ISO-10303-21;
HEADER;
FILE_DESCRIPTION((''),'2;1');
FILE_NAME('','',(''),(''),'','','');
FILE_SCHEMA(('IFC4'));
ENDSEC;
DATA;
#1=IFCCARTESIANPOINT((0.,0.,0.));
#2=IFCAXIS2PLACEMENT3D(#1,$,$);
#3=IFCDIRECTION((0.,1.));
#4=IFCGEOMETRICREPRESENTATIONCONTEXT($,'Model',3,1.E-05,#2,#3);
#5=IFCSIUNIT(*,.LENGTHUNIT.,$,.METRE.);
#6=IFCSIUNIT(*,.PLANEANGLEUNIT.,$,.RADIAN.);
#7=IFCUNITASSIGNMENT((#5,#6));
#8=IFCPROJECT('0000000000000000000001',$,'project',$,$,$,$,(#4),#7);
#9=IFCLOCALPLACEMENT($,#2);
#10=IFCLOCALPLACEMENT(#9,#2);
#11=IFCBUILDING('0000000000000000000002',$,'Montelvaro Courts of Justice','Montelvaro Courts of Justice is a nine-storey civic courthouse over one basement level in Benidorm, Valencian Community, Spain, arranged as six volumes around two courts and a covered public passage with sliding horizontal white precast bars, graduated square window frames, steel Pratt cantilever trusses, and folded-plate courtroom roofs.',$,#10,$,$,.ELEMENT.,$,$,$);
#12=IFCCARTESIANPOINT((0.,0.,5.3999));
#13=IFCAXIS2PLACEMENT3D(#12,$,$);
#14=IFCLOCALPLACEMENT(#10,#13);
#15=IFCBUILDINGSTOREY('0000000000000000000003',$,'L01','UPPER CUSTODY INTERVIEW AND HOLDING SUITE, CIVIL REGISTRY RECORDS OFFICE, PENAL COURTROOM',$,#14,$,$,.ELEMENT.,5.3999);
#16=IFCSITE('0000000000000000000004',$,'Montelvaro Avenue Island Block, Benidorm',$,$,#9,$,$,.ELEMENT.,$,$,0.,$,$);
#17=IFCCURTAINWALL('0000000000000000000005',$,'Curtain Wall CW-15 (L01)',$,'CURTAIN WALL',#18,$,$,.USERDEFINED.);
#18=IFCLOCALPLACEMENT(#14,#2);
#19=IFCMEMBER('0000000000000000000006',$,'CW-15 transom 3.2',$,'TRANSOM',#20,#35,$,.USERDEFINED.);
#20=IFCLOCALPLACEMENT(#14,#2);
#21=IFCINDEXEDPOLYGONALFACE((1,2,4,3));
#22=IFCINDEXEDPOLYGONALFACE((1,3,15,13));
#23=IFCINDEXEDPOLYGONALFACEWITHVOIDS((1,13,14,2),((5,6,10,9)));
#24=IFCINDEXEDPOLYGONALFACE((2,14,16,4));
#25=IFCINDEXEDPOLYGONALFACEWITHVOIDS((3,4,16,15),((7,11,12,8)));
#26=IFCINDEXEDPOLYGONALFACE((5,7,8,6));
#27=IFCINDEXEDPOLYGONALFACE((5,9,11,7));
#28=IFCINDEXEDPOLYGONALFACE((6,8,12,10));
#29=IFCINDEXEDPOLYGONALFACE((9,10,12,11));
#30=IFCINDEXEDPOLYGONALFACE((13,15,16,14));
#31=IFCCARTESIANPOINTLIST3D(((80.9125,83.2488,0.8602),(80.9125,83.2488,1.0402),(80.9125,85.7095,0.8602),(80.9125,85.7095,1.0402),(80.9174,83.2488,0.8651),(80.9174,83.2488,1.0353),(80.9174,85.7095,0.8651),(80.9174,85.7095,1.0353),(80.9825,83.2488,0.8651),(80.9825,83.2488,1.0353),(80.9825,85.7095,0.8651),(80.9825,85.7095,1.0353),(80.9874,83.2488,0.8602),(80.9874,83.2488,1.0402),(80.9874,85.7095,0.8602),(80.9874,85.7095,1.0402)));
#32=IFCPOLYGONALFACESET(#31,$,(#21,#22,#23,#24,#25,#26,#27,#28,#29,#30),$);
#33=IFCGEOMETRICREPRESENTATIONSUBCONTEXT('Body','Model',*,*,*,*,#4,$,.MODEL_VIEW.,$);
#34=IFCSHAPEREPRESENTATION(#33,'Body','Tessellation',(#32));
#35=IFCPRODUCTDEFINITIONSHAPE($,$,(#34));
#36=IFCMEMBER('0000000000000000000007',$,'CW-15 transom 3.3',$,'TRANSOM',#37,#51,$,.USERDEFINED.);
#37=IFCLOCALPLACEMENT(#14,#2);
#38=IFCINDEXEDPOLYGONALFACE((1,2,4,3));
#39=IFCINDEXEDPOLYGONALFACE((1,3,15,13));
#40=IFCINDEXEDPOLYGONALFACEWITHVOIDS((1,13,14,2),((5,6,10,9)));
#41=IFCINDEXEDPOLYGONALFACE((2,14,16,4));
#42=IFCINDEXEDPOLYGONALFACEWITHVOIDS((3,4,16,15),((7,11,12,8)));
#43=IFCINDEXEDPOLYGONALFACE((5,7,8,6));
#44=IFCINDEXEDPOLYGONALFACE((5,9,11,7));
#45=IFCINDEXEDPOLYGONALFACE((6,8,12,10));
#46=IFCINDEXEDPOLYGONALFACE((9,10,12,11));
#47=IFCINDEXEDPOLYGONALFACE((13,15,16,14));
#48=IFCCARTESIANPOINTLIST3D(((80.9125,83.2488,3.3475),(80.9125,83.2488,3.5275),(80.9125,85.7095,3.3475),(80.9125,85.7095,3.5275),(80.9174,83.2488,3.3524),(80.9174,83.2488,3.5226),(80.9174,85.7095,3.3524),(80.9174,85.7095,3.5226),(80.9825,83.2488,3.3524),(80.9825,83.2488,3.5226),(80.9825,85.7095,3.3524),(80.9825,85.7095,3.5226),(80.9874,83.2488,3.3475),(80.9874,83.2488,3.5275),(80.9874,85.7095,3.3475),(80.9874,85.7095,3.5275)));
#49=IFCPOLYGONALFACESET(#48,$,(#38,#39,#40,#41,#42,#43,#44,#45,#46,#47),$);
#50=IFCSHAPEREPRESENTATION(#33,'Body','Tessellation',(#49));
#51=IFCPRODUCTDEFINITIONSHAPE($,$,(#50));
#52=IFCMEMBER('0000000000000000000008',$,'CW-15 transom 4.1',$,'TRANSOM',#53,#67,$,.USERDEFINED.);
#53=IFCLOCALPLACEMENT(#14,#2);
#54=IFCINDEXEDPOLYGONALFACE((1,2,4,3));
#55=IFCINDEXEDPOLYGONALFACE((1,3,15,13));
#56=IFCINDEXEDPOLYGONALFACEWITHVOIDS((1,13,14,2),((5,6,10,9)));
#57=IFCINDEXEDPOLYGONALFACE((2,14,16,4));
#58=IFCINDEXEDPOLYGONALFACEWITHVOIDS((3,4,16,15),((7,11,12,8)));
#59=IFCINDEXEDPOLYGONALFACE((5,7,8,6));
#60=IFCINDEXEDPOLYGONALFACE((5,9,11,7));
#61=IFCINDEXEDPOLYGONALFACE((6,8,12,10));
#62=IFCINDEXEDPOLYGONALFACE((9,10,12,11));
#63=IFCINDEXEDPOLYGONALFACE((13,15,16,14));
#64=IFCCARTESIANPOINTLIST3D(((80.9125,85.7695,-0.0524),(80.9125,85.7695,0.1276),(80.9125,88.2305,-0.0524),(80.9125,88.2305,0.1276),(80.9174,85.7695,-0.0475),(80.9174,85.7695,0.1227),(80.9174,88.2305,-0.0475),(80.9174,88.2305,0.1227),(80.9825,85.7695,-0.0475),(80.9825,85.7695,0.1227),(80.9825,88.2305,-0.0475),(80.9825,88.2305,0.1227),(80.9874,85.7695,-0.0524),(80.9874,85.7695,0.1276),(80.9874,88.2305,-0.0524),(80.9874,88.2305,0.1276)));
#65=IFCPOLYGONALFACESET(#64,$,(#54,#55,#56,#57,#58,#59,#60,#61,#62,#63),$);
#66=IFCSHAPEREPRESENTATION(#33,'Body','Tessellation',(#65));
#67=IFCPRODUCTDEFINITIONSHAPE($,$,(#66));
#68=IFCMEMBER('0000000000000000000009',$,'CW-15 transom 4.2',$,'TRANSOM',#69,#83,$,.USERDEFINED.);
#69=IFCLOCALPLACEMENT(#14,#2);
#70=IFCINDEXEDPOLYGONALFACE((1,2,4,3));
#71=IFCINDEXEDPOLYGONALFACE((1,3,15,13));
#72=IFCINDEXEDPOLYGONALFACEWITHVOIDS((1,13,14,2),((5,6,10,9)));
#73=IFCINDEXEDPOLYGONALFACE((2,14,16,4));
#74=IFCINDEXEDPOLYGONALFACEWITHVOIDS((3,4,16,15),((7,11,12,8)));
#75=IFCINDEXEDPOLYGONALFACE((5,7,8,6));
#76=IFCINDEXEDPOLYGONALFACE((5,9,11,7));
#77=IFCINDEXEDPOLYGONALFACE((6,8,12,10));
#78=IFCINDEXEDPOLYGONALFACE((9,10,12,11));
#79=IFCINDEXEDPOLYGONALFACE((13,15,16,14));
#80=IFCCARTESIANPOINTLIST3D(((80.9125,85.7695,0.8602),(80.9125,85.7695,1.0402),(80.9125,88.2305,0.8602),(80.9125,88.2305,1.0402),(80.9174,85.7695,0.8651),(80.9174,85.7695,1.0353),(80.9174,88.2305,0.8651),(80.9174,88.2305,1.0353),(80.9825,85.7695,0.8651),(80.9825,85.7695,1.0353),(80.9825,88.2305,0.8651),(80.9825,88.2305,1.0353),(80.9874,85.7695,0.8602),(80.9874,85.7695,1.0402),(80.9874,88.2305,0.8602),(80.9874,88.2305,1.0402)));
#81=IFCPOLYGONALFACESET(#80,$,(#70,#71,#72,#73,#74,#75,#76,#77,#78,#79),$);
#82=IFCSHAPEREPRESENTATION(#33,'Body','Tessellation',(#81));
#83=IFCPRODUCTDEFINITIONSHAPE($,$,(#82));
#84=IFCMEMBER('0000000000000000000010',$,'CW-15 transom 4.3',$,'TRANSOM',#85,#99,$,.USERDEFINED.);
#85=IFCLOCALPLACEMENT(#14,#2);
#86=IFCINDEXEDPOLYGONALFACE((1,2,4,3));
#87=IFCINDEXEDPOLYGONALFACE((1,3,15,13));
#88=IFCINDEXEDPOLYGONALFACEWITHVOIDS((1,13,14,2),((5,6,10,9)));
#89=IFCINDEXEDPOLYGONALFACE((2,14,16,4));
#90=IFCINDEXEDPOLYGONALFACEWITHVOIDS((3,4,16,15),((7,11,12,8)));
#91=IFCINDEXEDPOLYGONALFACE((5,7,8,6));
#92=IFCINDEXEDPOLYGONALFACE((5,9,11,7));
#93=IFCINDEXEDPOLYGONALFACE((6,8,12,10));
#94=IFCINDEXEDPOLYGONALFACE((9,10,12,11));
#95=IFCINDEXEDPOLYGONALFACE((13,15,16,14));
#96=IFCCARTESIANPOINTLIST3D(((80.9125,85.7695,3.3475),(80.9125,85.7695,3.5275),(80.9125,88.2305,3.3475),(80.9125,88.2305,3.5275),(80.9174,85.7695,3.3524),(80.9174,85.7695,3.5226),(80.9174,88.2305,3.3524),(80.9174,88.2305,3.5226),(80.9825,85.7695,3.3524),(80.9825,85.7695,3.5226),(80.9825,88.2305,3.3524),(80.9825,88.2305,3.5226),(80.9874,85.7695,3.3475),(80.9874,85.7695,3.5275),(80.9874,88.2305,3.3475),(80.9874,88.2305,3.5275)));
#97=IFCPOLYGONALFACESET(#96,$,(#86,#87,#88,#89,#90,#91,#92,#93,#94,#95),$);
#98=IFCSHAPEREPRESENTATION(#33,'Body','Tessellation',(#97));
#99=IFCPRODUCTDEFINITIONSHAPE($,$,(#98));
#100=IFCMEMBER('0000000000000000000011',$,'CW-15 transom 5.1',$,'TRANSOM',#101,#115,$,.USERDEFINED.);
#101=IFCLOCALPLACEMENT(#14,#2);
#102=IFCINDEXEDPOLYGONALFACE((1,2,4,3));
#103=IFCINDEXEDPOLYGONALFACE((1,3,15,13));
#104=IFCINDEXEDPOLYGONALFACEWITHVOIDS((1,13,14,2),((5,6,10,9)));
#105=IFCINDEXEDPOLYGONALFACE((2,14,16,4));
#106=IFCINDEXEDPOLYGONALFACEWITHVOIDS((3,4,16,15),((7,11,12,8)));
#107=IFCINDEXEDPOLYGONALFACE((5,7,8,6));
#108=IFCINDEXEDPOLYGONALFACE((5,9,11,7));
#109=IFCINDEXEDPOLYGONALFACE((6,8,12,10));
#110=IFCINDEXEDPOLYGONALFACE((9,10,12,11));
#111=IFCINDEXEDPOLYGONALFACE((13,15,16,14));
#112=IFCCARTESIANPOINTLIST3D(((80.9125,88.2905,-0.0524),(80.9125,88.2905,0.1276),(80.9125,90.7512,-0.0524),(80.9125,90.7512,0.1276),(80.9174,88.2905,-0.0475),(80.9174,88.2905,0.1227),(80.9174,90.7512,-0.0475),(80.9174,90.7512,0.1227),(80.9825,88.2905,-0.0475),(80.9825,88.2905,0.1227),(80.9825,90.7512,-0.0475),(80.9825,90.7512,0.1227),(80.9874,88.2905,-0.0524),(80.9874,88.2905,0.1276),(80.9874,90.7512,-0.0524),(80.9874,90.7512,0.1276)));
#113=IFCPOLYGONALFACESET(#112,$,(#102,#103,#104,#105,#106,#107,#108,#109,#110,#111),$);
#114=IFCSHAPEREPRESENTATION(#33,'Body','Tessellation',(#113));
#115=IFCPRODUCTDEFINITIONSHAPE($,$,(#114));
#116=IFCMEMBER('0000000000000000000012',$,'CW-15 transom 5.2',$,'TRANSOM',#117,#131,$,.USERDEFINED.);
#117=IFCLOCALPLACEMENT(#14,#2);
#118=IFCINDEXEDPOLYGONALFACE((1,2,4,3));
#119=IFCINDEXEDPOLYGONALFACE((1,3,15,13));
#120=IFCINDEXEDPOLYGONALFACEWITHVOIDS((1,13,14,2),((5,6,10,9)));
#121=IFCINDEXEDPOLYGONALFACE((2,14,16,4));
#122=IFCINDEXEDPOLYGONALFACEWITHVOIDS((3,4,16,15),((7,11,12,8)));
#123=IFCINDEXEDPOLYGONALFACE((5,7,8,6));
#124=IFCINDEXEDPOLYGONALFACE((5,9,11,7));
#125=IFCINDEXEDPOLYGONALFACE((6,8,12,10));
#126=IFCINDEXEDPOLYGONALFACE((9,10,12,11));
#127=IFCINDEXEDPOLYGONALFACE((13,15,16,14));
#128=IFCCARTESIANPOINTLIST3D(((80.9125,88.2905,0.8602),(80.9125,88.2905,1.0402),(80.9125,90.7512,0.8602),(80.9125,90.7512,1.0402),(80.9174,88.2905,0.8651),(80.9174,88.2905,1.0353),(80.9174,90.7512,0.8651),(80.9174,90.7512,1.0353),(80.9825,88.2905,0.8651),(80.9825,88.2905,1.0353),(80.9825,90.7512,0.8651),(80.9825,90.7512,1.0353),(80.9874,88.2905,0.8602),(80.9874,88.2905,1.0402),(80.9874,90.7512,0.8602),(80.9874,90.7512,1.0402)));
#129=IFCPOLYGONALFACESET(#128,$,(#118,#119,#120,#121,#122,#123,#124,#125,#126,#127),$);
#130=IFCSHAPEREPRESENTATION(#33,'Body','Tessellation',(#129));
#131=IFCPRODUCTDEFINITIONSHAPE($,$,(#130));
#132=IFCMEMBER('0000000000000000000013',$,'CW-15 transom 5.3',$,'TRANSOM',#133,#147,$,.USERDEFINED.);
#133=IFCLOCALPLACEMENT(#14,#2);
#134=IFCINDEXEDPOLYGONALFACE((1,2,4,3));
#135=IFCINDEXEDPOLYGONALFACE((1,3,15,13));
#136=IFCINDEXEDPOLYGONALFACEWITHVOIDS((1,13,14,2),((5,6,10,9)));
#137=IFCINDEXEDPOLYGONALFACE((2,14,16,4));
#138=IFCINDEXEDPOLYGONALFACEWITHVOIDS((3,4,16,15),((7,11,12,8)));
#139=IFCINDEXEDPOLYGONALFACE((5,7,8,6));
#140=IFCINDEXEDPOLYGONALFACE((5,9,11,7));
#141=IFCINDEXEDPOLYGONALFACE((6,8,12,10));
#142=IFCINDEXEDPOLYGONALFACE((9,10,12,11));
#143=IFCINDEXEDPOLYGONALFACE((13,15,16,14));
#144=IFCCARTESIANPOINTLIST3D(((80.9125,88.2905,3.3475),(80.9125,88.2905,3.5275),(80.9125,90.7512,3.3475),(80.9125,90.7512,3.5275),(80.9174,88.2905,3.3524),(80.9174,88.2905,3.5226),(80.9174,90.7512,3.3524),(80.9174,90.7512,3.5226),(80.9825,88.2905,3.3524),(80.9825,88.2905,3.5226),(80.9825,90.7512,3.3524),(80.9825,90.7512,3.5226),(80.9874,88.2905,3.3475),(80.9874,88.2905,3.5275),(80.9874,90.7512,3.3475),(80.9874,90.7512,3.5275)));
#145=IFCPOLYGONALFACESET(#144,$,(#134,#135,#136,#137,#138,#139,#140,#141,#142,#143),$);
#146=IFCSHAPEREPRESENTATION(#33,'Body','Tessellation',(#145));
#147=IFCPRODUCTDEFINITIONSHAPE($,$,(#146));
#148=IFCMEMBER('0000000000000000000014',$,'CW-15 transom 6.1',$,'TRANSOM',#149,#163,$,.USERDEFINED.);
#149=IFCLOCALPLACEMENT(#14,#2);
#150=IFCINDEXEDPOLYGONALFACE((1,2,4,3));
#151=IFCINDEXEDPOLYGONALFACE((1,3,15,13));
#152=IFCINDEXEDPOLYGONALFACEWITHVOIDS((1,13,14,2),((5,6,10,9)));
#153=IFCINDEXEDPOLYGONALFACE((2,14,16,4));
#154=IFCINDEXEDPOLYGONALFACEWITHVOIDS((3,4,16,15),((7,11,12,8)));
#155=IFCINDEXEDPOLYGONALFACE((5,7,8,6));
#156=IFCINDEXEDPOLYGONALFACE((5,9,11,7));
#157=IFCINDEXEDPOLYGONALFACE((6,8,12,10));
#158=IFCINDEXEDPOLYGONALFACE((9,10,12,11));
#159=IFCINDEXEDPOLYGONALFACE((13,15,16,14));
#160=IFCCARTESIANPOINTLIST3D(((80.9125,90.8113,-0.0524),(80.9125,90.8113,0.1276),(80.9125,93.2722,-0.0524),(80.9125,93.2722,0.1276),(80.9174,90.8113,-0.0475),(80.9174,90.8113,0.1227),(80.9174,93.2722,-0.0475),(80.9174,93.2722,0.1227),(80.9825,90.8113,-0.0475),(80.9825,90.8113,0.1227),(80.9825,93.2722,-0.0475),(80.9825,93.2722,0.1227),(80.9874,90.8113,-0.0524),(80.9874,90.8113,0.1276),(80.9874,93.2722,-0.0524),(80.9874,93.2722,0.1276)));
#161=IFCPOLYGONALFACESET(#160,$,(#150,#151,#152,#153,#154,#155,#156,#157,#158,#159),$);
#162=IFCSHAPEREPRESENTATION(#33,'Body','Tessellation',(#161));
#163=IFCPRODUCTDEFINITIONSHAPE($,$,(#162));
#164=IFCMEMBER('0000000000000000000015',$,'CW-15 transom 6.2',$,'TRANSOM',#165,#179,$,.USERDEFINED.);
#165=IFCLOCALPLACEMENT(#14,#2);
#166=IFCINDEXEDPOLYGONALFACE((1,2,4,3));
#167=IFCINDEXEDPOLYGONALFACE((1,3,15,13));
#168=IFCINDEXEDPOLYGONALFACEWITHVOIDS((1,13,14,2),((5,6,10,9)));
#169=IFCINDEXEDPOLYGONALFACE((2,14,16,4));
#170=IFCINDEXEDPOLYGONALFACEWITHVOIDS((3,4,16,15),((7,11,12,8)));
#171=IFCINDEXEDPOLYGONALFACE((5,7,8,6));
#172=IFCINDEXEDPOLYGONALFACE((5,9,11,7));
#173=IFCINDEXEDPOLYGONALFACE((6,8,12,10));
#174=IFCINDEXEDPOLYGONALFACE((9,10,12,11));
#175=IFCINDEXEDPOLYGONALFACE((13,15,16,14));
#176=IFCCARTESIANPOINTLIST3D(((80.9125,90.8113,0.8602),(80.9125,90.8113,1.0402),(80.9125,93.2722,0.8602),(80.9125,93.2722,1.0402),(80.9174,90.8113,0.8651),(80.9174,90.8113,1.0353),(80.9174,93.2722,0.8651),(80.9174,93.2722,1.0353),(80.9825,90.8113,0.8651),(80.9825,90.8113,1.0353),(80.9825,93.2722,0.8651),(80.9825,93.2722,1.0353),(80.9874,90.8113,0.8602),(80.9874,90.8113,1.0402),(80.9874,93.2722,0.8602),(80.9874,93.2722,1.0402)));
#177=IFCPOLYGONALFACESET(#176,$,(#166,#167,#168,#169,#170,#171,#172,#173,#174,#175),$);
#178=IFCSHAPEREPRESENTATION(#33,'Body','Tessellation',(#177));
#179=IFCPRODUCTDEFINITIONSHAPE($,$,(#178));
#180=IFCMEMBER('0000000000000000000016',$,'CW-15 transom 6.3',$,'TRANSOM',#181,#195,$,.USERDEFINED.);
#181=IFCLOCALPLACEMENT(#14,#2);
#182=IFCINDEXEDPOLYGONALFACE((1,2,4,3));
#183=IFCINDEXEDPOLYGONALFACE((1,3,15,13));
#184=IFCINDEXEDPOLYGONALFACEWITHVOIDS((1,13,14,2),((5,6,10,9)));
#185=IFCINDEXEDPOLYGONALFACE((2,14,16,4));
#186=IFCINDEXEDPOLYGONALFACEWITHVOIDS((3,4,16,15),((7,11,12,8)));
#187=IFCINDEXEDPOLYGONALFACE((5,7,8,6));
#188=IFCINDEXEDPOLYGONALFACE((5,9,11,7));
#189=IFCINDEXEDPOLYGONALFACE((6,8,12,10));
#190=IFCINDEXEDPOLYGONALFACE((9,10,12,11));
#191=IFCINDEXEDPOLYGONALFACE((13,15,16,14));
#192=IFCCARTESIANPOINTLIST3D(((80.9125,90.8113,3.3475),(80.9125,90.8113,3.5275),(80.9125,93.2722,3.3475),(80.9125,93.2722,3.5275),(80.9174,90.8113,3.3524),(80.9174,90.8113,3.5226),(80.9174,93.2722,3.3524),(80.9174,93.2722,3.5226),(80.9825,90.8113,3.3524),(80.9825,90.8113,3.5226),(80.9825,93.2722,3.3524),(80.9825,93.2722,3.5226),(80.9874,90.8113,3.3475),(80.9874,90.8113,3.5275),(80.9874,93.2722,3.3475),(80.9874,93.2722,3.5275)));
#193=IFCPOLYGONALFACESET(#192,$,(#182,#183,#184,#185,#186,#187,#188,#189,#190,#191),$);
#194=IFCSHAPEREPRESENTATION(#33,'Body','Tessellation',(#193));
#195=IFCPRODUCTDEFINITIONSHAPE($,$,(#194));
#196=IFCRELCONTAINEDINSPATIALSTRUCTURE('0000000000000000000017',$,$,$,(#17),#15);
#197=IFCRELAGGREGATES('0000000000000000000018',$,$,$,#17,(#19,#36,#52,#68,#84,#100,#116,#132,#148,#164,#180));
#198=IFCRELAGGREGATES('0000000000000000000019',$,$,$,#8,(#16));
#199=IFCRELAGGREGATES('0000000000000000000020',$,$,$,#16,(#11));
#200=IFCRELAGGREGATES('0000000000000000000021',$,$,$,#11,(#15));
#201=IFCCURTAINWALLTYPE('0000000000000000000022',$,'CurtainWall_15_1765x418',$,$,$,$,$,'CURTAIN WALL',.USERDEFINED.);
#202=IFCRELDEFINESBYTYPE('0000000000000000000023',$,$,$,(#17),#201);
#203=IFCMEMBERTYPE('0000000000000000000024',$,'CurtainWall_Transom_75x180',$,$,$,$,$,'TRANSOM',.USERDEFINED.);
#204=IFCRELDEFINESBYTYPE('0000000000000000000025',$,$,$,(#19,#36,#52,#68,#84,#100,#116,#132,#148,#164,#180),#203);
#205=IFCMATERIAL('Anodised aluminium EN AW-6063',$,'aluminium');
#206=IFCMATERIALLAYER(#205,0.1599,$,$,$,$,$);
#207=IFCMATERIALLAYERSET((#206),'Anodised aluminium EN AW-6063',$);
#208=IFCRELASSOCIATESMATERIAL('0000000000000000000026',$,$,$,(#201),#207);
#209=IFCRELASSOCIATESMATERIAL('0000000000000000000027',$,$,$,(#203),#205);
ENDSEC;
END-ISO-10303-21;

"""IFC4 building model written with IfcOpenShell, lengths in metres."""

from ifc_helpers import new_model, si_unit, direction, frame, origin, origin_2d, place, context, subcontext, project, spatial, hollow_rectangle, extrude, material, layer, layer_set, material_profile, profile_set, type_object, element, aggregate, save


model = new_model("IFC4")

# Units and contexts
model_context = context("Model", 3, precision=1e-05, world=origin(), true_north=direction((0.0, 1.0)))
body_context = subcontext(model_context, "Body", "Model", "MODEL_VIEW")
ifc_project = project(units=[si_unit("LENGTHUNIT", "METRE"), si_unit("PLANEANGLEUNIT", "RADIAN")], contexts=[model_context])

# Site, building, storey
site_placement = place(None, origin())
site = spatial("IfcSite", under=ifc_project, at=site_placement, Name="Montelvaro Avenue Island Block, Benidorm", CompositionType="ELEMENT", RefElevation=0.0)
building_placement = place(site_placement, origin())
building = spatial("IfcBuilding", under=site, at=building_placement, Name="Montelvaro Courts of Justice", Description="Montelvaro Courts of Justice is a nine-storey civic courthouse over one basement level in Benidorm, Valencian Community, Spain, arranged as six volumes around two courts and a covered public passage with sliding horizontal white precast bars, graduated square window frames, steel Pratt cantilever trusses, and folded-plate courtroom roofs.", CompositionType="ELEMENT")
storey_placement = place(building_placement, frame((0.0, 0.0, 5.3999)))
storey = spatial("IfcBuildingStorey", under=building, at=storey_placement, Name="L01", Description="UPPER CUSTODY INTERVIEW AND HOLDING SUITE, CIVIL REGISTRY RECORDS OFFICE, PENAL COURTROOM", CompositionType="ELEMENT", Elevation=5.3999)

# Curtain wall, members
ifc_material_1 = material(Name="Anodised aluminium EN AW-6063", Category="aluminium")
ifc_layer_1 = layer(ifc_material_1, 0.1599)
ifc_layer_set_1 = layer_set([ifc_layer_1], Name="Anodised aluminium EN AW-6063")
curtain_wall_type = type_object("IfcCurtainWallType", Name="CurtainWall_15_1765x418", ElementType="CURTAIN WALL", PredefinedType="USERDEFINED", material=ifc_layer_set_1)
curtain_wall_placement = place(storey_placement, origin())
curtain_wall = element("IfcCurtainWall", 1, at=curtain_wall_placement, inside=storey, type_object=curtain_wall_type, Name="Curtain Wall CW-15 (L01)", ObjectType="CURTAIN WALL", PredefinedType="USERDEFINED")
ifc_material_profile_1 = material_profile(ifc_material_1, hollow_rectangle(XDim=0.075, YDim=0.1799, WallThickness=0.0049, at=origin_2d()), Name="ALU-T 75x180")
ifc_profile_set_1 = profile_set([ifc_material_profile_1], Name="Anodised aluminium EN AW-6063")
member_type_1 = type_object("IfcMemberType", Name="CurtainWall_Transom_75x180", ElementType="TRANSOM", PredefinedType="USERDEFINED", material=ifc_profile_set_1)
member_1_placement = place(storey_placement, frame((80.95, 83.2488, 0.9502), z_axis=(0.0, 1.0, 0.0), x_axis=(-1.0, 0.0, 0.0)))
member_1 = element("IfcMember", 2, at=member_1_placement, type_object=member_type_1, Name="CW-15 transom 3.2", ObjectType="TRANSOM", PredefinedType="USERDEFINED", context=body_context, shape_type="SweptSolid", body=[
    extrude(hollow_rectangle(XDim=0.075, YDim=0.1799, WallThickness=0.0049, at=origin_2d()), origin(), (0.0, 0.0, 1.0), 2.4607),
])
member_2_placement = place(storey_placement, frame((80.95, 83.2488, 3.4375), z_axis=(0.0, 1.0, 0.0), x_axis=(-1.0, 0.0, 0.0)))
member_2 = element("IfcMember", 3, at=member_2_placement, type_object=member_type_1, Name="CW-15 transom 3.3", ObjectType="TRANSOM", PredefinedType="USERDEFINED", context=body_context, shape_type="SweptSolid", body=[
    extrude(hollow_rectangle(XDim=0.075, YDim=0.1799, WallThickness=0.0049, at=origin_2d()), origin(), (0.0, 0.0, 1.0), 2.4607),
])
member_3_placement = place(storey_placement, frame((80.95, 85.7695, 0.0376), z_axis=(0.0, 1.0, 0.0), x_axis=(-1.0, 0.0, 0.0)))
member_3 = element("IfcMember", 4, at=member_3_placement, type_object=member_type_1, Name="CW-15 transom 4.1", ObjectType="TRANSOM", PredefinedType="USERDEFINED", context=body_context, shape_type="SweptSolid", body=[
    extrude(hollow_rectangle(XDim=0.075, YDim=0.1799, WallThickness=0.0049, at=origin_2d()), origin(), (0.0, 0.0, 1.0), 2.4609),
])
member_4_placement = place(storey_placement, frame((80.95, 85.7695, 0.9502), z_axis=(0.0, 1.0, 0.0), x_axis=(-1.0, 0.0, 0.0)))
member_4 = element("IfcMember", 5, at=member_4_placement, type_object=member_type_1, Name="CW-15 transom 4.2", ObjectType="TRANSOM", PredefinedType="USERDEFINED", context=body_context, shape_type="SweptSolid", body=[
    extrude(hollow_rectangle(XDim=0.075, YDim=0.1799, WallThickness=0.0049, at=origin_2d()), origin(), (0.0, 0.0, 1.0), 2.4609),
])
member_5_placement = place(storey_placement, frame((80.95, 85.7695, 3.4375), z_axis=(0.0, 1.0, 0.0), x_axis=(-1.0, 0.0, 0.0)))
member_5 = element("IfcMember", 6, at=member_5_placement, type_object=member_type_1, Name="CW-15 transom 4.3", ObjectType="TRANSOM", PredefinedType="USERDEFINED", context=body_context, shape_type="SweptSolid", body=[
    extrude(hollow_rectangle(XDim=0.075, YDim=0.1799, WallThickness=0.0049, at=origin_2d()), origin(), (0.0, 0.0, 1.0), 2.4609),
])
member_6_placement = place(storey_placement, frame((80.95, 88.2905, 0.0376), z_axis=(0.0, 1.0, 0.0), x_axis=(-1.0, 0.0, 0.0)))
member_6 = element("IfcMember", 7, at=member_6_placement, type_object=member_type_1, Name="CW-15 transom 5.1", ObjectType="TRANSOM", PredefinedType="USERDEFINED", context=body_context, shape_type="SweptSolid", body=[
    extrude(hollow_rectangle(XDim=0.075, YDim=0.1799, WallThickness=0.0049, at=origin_2d()), origin(), (0.0, 0.0, 1.0), 2.4607),
])
member_7_placement = place(storey_placement, frame((80.95, 88.2905, 0.9502), z_axis=(0.0, 1.0, 0.0), x_axis=(-1.0, 0.0, 0.0)))
member_7 = element("IfcMember", 8, at=member_7_placement, type_object=member_type_1, Name="CW-15 transom 5.2", ObjectType="TRANSOM", PredefinedType="USERDEFINED", context=body_context, shape_type="SweptSolid", body=[
    extrude(hollow_rectangle(XDim=0.075, YDim=0.1799, WallThickness=0.0049, at=origin_2d()), origin(), (0.0, 0.0, 1.0), 2.4607),
])
member_8_placement = place(storey_placement, frame((80.95, 88.2905, 3.4375), z_axis=(0.0, 1.0, 0.0), x_axis=(-1.0, 0.0, 0.0)))
member_8 = element("IfcMember", 9, at=member_8_placement, type_object=member_type_1, Name="CW-15 transom 5.3", ObjectType="TRANSOM", PredefinedType="USERDEFINED", context=body_context, shape_type="SweptSolid", body=[
    extrude(hollow_rectangle(XDim=0.075, YDim=0.1799, WallThickness=0.0049, at=origin_2d()), origin(), (0.0, 0.0, 1.0), 2.4607),
])
member_9_placement = place(storey_placement, frame((80.95, 90.8113, 0.0376), z_axis=(0.0, 1.0, 0.0), x_axis=(-1.0, 0.0, 0.0)))
member_9 = element("IfcMember", 10, at=member_9_placement, type_object=member_type_1, Name="CW-15 transom 6.1", ObjectType="TRANSOM", PredefinedType="USERDEFINED", context=body_context, shape_type="SweptSolid", body=[
    extrude(hollow_rectangle(XDim=0.075, YDim=0.1799, WallThickness=0.0049, at=origin_2d()), origin(), (0.0, 0.0, 1.0), 2.4609),
])
member_10_placement = place(storey_placement, frame((80.95, 90.8113, 0.9502), z_axis=(0.0, 1.0, 0.0), x_axis=(-1.0, 0.0, 0.0)))
member_10 = element("IfcMember", 11, at=member_10_placement, type_object=member_type_1, Name="CW-15 transom 6.2", ObjectType="TRANSOM", PredefinedType="USERDEFINED", context=body_context, shape_type="SweptSolid", body=[
    extrude(hollow_rectangle(XDim=0.075, YDim=0.1799, WallThickness=0.0049, at=origin_2d()), origin(), (0.0, 0.0, 1.0), 2.4609),
])
member_11_placement = place(storey_placement, frame((80.95, 90.8113, 3.4375), z_axis=(0.0, 1.0, 0.0), x_axis=(-1.0, 0.0, 0.0)))
member_11 = element("IfcMember", 12, at=member_11_placement, type_object=member_type_1, Name="CW-15 transom 6.3", ObjectType="TRANSOM", PredefinedType="USERDEFINED", context=body_context, shape_type="SweptSolid", body=[
    extrude(hollow_rectangle(XDim=0.075, YDim=0.1799, WallThickness=0.0049, at=origin_2d()), origin(), (0.0, 0.0, 1.0), 2.4609),
])
aggregate(curtain_wall, [member_1, member_2, member_3, member_4, member_5, member_6, member_7, member_8, member_9, member_10, member_11])

save(model, "model.ifc")
